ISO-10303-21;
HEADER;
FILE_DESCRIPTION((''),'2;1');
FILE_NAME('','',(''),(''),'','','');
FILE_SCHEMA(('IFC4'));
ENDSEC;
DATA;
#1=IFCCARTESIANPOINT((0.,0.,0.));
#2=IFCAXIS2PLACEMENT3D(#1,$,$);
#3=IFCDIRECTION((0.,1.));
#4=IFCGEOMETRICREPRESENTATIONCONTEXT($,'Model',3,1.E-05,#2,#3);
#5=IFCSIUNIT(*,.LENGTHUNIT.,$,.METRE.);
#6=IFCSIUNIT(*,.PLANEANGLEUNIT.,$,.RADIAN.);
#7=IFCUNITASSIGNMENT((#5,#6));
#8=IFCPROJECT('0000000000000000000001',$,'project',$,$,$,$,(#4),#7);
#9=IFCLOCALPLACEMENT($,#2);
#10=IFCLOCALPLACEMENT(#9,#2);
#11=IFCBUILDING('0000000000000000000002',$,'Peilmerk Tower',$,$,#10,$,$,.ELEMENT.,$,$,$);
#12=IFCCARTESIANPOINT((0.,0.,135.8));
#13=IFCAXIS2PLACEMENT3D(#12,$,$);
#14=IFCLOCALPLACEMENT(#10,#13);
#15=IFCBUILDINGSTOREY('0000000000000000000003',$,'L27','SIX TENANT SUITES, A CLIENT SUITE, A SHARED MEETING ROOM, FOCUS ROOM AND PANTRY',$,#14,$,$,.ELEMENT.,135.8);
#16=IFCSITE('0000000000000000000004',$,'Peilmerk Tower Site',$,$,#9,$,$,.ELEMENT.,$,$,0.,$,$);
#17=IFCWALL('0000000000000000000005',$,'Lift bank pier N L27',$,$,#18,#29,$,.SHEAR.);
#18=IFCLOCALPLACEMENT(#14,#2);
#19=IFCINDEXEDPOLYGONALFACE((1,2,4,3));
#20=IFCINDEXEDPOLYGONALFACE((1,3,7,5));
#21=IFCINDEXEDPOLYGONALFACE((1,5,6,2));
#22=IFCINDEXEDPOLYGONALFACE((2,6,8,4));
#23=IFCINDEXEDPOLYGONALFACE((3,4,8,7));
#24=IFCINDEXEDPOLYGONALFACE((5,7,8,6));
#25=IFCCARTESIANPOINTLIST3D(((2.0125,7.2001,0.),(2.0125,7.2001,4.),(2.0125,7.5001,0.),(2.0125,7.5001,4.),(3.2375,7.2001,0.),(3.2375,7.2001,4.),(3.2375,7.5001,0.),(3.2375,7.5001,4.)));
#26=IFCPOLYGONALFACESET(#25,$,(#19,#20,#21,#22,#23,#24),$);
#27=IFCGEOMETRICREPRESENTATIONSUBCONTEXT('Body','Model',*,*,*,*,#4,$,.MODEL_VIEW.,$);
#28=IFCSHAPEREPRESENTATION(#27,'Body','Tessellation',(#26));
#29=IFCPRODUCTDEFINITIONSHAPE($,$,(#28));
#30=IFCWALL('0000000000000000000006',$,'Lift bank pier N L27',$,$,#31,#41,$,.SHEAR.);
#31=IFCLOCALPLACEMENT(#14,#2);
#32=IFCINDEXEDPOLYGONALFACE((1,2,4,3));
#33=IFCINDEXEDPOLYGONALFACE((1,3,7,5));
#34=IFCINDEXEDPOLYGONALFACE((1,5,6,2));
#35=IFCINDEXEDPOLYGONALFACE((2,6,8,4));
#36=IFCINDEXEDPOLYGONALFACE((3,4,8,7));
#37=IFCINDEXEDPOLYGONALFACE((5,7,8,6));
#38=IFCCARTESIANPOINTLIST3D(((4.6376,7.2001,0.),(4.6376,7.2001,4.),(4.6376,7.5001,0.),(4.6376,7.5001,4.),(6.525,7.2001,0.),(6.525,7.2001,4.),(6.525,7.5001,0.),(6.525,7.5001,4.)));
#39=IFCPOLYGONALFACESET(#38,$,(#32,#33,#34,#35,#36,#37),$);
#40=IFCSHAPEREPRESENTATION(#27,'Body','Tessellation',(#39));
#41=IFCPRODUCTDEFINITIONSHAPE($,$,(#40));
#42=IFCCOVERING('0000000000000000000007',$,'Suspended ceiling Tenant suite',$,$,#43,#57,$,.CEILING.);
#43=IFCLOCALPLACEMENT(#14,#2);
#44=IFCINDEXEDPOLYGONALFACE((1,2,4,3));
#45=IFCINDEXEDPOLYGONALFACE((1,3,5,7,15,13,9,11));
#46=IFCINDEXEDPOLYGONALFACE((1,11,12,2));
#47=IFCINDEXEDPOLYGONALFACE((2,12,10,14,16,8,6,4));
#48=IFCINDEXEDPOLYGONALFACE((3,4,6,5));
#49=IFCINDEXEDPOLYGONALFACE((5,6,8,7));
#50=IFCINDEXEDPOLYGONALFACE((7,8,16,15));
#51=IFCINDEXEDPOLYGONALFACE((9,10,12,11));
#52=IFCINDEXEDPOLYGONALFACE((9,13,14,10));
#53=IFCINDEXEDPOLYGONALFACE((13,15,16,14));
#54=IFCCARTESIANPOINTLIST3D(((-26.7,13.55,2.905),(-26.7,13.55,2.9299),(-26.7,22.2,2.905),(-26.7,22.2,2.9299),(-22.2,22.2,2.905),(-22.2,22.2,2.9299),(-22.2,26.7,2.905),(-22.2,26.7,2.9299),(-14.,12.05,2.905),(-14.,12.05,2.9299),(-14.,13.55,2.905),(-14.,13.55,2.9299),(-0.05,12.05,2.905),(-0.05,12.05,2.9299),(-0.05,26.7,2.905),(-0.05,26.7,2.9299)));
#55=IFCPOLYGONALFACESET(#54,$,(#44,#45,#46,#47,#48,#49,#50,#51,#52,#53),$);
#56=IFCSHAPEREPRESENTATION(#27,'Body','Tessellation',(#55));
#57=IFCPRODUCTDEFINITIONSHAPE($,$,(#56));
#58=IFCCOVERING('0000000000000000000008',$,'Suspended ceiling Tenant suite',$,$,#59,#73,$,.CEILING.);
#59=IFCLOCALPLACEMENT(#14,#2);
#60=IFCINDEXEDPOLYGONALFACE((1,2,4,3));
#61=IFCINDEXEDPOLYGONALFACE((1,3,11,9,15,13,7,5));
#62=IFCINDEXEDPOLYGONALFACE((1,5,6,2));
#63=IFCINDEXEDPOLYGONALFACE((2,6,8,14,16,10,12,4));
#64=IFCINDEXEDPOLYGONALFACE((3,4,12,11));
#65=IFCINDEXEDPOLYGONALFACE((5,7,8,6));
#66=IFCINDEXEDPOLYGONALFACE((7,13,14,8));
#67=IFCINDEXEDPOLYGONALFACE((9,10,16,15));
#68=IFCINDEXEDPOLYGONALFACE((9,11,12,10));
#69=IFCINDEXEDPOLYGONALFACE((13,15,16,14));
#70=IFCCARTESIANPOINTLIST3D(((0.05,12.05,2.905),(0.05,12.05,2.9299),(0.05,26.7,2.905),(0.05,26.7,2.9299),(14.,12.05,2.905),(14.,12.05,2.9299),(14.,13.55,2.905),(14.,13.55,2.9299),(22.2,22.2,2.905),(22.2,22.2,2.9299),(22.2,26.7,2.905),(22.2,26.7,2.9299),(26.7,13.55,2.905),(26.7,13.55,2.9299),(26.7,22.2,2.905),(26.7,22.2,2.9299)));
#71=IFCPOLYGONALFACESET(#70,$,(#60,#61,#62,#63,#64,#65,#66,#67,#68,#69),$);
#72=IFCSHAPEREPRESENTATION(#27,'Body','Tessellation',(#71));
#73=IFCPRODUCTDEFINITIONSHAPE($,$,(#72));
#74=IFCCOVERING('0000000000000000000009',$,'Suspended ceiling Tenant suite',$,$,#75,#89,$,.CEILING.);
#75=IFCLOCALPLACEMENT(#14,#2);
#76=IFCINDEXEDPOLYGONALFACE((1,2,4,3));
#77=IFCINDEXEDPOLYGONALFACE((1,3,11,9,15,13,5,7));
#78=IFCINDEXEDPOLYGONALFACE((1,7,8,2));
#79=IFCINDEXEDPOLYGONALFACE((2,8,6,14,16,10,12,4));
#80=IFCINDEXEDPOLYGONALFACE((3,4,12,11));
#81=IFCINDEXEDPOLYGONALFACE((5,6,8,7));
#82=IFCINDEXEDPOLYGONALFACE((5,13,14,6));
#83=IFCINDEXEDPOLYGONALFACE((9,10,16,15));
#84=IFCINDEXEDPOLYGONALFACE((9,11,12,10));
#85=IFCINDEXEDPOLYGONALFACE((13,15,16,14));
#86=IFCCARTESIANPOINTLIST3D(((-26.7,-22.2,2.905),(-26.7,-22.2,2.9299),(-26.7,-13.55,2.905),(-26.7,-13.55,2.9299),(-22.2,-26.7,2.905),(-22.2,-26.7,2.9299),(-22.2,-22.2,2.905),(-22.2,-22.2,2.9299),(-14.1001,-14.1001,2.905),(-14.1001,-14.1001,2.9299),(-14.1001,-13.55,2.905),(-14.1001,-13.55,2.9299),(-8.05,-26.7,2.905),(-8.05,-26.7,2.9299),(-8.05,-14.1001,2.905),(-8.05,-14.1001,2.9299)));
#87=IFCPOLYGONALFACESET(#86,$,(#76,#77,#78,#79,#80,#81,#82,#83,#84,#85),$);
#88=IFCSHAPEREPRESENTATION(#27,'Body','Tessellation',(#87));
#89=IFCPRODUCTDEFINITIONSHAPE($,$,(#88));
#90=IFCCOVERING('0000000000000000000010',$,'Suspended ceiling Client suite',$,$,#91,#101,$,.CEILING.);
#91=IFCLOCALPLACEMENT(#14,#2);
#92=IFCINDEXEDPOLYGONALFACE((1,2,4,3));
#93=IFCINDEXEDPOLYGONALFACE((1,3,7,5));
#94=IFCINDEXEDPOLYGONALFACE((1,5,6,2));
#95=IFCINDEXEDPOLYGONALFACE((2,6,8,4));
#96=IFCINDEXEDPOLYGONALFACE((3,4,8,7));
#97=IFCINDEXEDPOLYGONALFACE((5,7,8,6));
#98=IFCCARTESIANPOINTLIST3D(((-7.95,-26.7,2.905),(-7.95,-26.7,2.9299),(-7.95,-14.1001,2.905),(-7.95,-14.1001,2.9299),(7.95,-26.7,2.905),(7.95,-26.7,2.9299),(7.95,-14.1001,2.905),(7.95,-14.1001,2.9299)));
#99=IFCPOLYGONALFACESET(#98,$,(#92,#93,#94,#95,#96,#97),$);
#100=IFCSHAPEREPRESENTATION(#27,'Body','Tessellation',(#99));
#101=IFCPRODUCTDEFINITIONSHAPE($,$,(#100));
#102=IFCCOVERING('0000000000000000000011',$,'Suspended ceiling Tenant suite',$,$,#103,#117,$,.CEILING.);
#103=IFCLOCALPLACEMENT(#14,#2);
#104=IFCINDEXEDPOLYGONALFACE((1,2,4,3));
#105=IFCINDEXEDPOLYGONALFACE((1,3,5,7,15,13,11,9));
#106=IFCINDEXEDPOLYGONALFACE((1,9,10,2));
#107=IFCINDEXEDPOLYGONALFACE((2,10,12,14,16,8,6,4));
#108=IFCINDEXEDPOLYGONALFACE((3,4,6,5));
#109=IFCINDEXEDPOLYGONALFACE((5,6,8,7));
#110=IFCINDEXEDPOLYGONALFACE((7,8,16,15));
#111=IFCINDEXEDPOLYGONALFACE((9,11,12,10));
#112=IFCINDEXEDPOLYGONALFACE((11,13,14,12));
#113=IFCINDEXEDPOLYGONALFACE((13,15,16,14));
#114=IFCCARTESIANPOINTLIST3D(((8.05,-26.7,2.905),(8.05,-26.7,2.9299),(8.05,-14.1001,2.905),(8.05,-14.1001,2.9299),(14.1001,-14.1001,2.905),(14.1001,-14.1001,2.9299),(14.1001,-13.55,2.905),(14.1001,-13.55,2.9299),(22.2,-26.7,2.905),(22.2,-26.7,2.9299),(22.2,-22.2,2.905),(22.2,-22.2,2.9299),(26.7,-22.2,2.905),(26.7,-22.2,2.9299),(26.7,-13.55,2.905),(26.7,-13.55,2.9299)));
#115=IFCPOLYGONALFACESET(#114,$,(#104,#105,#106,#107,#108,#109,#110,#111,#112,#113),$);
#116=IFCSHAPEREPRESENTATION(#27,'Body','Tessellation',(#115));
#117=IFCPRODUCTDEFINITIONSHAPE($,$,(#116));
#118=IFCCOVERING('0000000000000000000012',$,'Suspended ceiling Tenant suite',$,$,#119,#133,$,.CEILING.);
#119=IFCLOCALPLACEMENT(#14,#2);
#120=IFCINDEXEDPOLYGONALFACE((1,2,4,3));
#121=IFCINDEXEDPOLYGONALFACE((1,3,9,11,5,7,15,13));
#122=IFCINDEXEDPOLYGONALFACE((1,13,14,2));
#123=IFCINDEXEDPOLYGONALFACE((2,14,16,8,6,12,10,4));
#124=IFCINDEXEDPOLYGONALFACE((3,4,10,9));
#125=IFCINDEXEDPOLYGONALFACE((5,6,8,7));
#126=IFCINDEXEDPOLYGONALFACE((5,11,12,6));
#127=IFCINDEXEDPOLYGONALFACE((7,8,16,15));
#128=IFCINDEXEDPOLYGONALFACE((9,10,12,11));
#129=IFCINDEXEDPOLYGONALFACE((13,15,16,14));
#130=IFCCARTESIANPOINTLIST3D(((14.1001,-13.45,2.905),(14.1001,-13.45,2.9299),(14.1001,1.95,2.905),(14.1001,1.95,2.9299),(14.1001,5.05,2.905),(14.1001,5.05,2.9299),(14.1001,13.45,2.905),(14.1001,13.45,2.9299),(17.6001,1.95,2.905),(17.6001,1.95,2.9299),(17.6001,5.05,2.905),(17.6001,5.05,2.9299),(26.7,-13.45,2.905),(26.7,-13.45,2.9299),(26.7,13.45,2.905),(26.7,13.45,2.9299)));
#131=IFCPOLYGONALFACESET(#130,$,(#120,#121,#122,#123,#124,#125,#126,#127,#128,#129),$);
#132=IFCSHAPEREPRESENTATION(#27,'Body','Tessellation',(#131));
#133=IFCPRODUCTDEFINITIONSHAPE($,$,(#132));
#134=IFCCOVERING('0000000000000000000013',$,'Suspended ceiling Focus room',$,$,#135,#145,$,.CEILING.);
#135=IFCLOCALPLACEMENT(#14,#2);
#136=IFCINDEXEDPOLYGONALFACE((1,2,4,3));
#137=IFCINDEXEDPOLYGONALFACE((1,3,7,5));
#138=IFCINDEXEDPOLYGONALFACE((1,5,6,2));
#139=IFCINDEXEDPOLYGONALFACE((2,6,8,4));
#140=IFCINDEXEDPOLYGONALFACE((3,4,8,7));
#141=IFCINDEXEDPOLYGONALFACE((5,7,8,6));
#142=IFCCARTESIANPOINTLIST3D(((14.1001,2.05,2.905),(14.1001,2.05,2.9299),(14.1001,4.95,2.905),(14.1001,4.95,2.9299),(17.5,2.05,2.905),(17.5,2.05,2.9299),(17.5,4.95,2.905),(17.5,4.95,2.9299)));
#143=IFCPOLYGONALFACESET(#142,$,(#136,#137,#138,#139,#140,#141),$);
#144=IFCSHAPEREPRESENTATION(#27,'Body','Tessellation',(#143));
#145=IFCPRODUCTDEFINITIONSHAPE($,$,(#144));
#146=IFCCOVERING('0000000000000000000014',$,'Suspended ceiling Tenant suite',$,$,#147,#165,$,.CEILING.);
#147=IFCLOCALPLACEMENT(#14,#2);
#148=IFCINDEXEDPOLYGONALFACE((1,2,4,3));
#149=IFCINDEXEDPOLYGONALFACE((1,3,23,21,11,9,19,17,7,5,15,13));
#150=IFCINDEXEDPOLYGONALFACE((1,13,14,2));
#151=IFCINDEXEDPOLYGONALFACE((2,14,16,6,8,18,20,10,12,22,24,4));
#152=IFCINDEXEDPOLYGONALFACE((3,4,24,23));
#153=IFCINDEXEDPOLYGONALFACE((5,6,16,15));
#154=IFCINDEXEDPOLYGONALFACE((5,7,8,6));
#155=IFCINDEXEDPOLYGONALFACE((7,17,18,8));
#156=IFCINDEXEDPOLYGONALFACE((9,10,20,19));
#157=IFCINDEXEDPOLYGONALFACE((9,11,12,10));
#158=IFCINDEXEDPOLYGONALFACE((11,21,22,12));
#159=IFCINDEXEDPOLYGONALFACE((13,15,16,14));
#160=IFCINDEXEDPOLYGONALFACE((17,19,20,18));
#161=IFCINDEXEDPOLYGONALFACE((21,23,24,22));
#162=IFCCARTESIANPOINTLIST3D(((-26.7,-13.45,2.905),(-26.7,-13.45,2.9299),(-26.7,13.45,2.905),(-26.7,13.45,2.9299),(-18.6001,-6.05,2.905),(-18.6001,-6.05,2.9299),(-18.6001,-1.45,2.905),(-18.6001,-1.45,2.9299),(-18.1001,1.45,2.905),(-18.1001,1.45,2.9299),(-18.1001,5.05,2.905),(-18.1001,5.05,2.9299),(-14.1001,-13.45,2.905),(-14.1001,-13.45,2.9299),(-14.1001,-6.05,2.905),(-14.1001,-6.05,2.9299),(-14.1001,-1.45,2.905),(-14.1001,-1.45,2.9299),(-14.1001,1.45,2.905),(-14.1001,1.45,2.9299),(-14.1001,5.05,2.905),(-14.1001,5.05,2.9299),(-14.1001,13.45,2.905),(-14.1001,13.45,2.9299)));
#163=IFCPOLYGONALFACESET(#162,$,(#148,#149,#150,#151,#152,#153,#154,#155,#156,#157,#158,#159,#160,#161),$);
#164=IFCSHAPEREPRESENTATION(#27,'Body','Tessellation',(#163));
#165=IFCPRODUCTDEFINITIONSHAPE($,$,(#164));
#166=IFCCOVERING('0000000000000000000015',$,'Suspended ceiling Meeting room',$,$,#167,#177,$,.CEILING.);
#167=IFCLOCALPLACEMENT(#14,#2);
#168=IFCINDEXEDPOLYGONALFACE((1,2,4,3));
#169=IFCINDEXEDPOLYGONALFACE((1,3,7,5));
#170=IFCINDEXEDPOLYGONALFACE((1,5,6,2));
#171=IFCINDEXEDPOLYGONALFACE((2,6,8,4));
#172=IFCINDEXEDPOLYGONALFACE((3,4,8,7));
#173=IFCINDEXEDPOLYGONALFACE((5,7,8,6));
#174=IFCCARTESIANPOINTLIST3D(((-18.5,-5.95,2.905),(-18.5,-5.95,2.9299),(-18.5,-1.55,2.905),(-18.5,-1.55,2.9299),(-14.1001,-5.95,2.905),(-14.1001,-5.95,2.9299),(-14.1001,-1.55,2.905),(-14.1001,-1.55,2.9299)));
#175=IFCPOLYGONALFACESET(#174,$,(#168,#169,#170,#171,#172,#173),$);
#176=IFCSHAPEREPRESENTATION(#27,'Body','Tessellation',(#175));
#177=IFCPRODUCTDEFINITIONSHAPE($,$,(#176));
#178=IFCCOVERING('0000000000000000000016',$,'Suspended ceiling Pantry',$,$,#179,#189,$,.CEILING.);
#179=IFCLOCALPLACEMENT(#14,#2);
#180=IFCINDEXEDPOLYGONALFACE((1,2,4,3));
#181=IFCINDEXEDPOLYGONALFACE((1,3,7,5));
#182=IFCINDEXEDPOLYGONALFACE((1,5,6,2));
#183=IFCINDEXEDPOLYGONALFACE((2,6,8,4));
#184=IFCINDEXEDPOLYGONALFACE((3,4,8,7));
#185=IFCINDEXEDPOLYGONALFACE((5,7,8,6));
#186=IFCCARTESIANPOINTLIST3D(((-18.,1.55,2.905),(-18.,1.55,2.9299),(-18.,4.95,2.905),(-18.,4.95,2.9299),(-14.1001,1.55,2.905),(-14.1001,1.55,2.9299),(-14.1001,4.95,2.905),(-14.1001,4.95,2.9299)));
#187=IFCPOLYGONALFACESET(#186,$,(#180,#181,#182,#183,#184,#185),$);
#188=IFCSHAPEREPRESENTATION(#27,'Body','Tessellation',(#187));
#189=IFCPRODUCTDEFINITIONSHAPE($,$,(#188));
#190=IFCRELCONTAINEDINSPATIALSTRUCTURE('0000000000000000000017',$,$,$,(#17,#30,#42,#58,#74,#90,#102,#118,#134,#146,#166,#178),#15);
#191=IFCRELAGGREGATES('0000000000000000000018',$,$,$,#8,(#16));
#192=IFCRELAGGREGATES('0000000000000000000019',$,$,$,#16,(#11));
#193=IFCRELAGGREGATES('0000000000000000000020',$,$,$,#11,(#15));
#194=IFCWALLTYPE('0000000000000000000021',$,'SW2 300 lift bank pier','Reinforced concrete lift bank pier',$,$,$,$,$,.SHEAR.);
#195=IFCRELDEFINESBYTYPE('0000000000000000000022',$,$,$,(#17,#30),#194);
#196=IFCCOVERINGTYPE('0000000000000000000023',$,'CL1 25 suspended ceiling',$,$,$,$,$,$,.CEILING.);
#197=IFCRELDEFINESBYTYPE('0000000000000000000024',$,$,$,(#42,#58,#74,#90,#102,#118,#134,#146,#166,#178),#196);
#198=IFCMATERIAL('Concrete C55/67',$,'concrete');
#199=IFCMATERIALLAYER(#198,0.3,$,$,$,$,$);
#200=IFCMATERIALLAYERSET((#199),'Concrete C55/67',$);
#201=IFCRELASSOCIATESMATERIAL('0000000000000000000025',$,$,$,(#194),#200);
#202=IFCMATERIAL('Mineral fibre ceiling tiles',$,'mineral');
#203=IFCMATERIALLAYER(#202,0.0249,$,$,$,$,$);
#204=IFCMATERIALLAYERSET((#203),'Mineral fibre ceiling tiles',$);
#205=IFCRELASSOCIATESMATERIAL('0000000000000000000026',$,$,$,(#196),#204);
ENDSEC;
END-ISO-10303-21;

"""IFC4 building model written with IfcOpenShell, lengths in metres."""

from ifc_helpers import new_model, si_unit, direction, frame, frame_2d, origin, place, context, subcontext, project, spatial, polyline, rectangle, outline, extrude, material, layer, layer_set, type_object, element, save


model = new_model("IFC4")

# Units and contexts
model_context = context("Model", 3, precision=1e-05, world=origin(), true_north=direction((0.0, 1.0)))
body_context = subcontext(model_context, "Body", "Model", "MODEL_VIEW")
ifc_project = project(units=[si_unit("LENGTHUNIT", "METRE"), si_unit("PLANEANGLEUNIT", "RADIAN")], contexts=[model_context])

# Site, building, storey
site_placement = place(None, origin())
site = spatial("IfcSite", under=ifc_project, at=site_placement, Name="Peilmerk Tower Site", CompositionType="ELEMENT", RefElevation=0.0)
building_placement = place(site_placement, origin())
building = spatial("IfcBuilding", under=site, at=building_placement, Name="Peilmerk Tower", CompositionType="ELEMENT")
storey_placement = place(building_placement, frame((0.0, 0.0, 135.8)))
storey = spatial("IfcBuildingStorey", under=building, at=storey_placement, Name="L27", Description="SIX TENANT SUITES, A CLIENT SUITE, A SHARED MEETING ROOM, FOCUS ROOM AND PANTRY", CompositionType="ELEMENT", Elevation=135.8)

# Walls
ifc_material_1 = material(Name="Concrete C55/67", Category="concrete")
ifc_layer_1 = layer(ifc_material_1, 0.3)
ifc_layer_set_1 = layer_set([ifc_layer_1], Name="Concrete C55/67")
wall_type_1 = type_object("IfcWallType", Name="SW2 300 lift bank pier", Description="Reinforced concrete lift bank pier", PredefinedType="SHEAR", material=ifc_layer_set_1)
wall_1_placement = place(storey_placement, frame((2.0125, 7.3501, 0.0), z_axis=(0.0, 0.0, 1.0), x_axis=(1.0, 0.0, 0.0)))
element("IfcWall", 1, at=wall_1_placement, inside=storey, type_object=wall_type_1, Name="Lift bank pier N L27", PredefinedType="SHEAR", context=body_context, shape_type="SweptSolid", body=[
    extrude(rectangle(XDim=1.2251, YDim=0.3, at=frame_2d((0.6125, 0.0))), origin(), (0.0, 0.0, 1.0), 4.0),
])
wall_2_placement = place(storey_placement, frame((4.6375, 7.3501, 0.0), z_axis=(0.0, 0.0, 1.0), x_axis=(1.0, 0.0, 0.0)))
element("IfcWall", 2, at=wall_2_placement, inside=storey, type_object=wall_type_1, Name="Lift bank pier N L27", PredefinedType="SHEAR", context=body_context, shape_type="SweptSolid", body=[
    extrude(rectangle(XDim=1.8875, YDim=0.3, at=frame_2d((0.9438, 0.0))), origin(), (0.0, 0.0, 1.0), 4.0),
])

# Coverings
ifc_material_2 = material(Name="Mineral fibre ceiling tiles", Category="mineral")
ifc_layer_2 = layer(ifc_material_2, 0.0249)
ifc_layer_set_2 = layer_set([ifc_layer_2], Name="Mineral fibre ceiling tiles")
covering_type = type_object("IfcCoveringType", Name="CL1 25 suspended ceiling", PredefinedType="CEILING", material=ifc_layer_set_2)
covering_1_placement = place(storey_placement, frame((0.0, 0.0, 2.905)))
element("IfcCovering", 3, at=covering_1_placement, inside=storey, type_object=covering_type, Name="Suspended ceiling Tenant suite", PredefinedType="CEILING", context=body_context, shape_type="SweptSolid", body=[
    extrude(outline(polyline([(-26.7, 22.2), (-26.7, 13.55), (-14.0, 13.55), (-14.0, 12.05), (-0.05, 12.05), (-0.05, 26.7), (-22.2, 26.7), (-22.2, 22.2), (-26.7, 22.2)])), origin(), (0.0, 0.0, 1.0), 0.0249),
])
covering_2_placement = place(storey_placement, frame((0.0, 0.0, 2.905)))
element("IfcCovering", 4, at=covering_2_placement, inside=storey, type_object=covering_type, Name="Suspended ceiling Tenant suite", PredefinedType="CEILING", context=body_context, shape_type="SweptSolid", body=[
    extrude(outline(polyline([(22.2, 26.7), (0.05, 26.7), (0.05, 12.05), (14.0, 12.05), (14.0, 13.55), (26.7, 13.55), (26.7, 22.2), (22.2, 22.2), (22.2, 26.7)])), origin(), (0.0, 0.0, 1.0), 0.0249),
])
covering_3_placement = place(storey_placement, frame((0.0, 0.0, 2.905)))
element("IfcCovering", 5, at=covering_3_placement, inside=storey, type_object=covering_type, Name="Suspended ceiling Tenant suite", PredefinedType="CEILING", context=body_context, shape_type="SweptSolid", body=[
    extrude(outline(polyline([(-22.2, -26.7), (-8.05, -26.7), (-8.05, -14.1001), (-14.1001, -14.1001), (-14.1001, -13.55), (-26.7, -13.55), (-26.7, -22.2), (-22.2, -22.2), (-22.2, -26.7)])), origin(), (0.0, 0.0, 1.0), 0.0249),
])
covering_4_placement = place(storey_placement, frame((0.0, 0.0, 2.905)))
element("IfcCovering", 6, at=covering_4_placement, inside=storey, type_object=covering_type, Name="Suspended ceiling Client suite", PredefinedType="CEILING", context=body_context, shape_type="SweptSolid", body=[
    extrude(outline(polyline([(-7.95, -26.7), (7.95, -26.7), (7.95, -14.1001), (-7.95, -14.1001), (-7.95, -26.7)])), origin(), (0.0, 0.0, 1.0), 0.0249),
])
covering_5_placement = place(storey_placement, frame((0.0, 0.0, 2.905)))
element("IfcCovering", 7, at=covering_5_placement, inside=storey, type_object=covering_type, Name="Suspended ceiling Tenant suite", PredefinedType="CEILING", context=body_context, shape_type="SweptSolid", body=[
    extrude(outline(polyline([(8.05, -26.7), (22.2, -26.7), (22.2, -22.2), (26.7, -22.2), (26.7, -13.55), (14.1001, -13.55), (14.1001, -14.1001), (8.05, -14.1001), (8.05, -26.7)])), origin(), (0.0, 0.0, 1.0), 0.0249),
])
covering_6_placement = place(storey_placement, frame((0.0, 0.0, 2.905)))
element("IfcCovering", 8, at=covering_6_placement, inside=storey, type_object=covering_type, Name="Suspended ceiling Tenant suite", PredefinedType="CEILING", context=body_context, shape_type="SweptSolid", body=[
    extrude(outline(polyline([(14.1001, -13.45), (26.7, -13.45), (26.7, 13.45), (14.1001, 13.45), (14.1001, 5.05), (17.6001, 5.05), (17.6001, 1.95), (14.1001, 1.95), (14.1001, -13.45)])), origin(), (0.0, 0.0, 1.0), 0.0249),
])
covering_7_placement = place(storey_placement, frame((0.0, 0.0, 2.905)))
element("IfcCovering", 9, at=covering_7_placement, inside=storey, type_object=covering_type, Name="Suspended ceiling Focus room", PredefinedType="CEILING", context=body_context, shape_type="SweptSolid", body=[
    extrude(outline(polyline([(17.5, 2.05), (17.5, 4.95), (14.1001, 4.95), (14.1001, 2.05), (17.5, 2.05)])), origin(), (0.0, 0.0, 1.0), 0.0249),
])
covering_8_placement = place(storey_placement, frame((0.0, 0.0, 2.905)))
element("IfcCovering", 10, at=covering_8_placement, inside=storey, type_object=covering_type, Name="Suspended ceiling Tenant suite", PredefinedType="CEILING", context=body_context, shape_type="SweptSolid", body=[
    extrude(outline(polyline([(-14.1001, 13.45), (-26.7, 13.45), (-26.7, -13.45), (-14.1001, -13.45), (-14.1001, -6.05), (-18.6001, -6.05), (-18.6001, -1.45), (-14.1001, -1.45), (-14.1001, 1.45), (-18.1001, 1.45), (-18.1001, 5.05), (-14.1001, 5.05), (-14.1001, 13.45)])), origin(), (0.0, 0.0, 1.0), 0.0249),
])
covering_9_placement = place(storey_placement, frame((0.0, 0.0, 2.905)))
element("IfcCovering", 11, at=covering_9_placement, inside=storey, type_object=covering_type, Name="Suspended ceiling Meeting room", PredefinedType="CEILING", context=body_context, shape_type="SweptSolid", body=[
    extrude(outline(polyline([(-14.1001, -5.95), (-14.1001, -1.55), (-18.5, -1.55), (-18.5, -5.95), (-14.1001, -5.95)])), origin(), (0.0, 0.0, 1.0), 0.0249),
])
covering_10_placement = place(storey_placement, frame((0.0, 0.0, 2.905)))
element("IfcCovering", 12, at=covering_10_placement, inside=storey, type_object=covering_type, Name="Suspended ceiling Pantry", PredefinedType="CEILING", context=body_context, shape_type="SweptSolid", body=[
    extrude(outline(polyline([(-14.1001, 1.55), (-14.1001, 4.95), (-18.0, 4.95), (-18.0, 1.55), (-14.1001, 1.55)])), origin(), (0.0, 0.0, 1.0), 0.0249),
])

save(model, "model.ifc")
